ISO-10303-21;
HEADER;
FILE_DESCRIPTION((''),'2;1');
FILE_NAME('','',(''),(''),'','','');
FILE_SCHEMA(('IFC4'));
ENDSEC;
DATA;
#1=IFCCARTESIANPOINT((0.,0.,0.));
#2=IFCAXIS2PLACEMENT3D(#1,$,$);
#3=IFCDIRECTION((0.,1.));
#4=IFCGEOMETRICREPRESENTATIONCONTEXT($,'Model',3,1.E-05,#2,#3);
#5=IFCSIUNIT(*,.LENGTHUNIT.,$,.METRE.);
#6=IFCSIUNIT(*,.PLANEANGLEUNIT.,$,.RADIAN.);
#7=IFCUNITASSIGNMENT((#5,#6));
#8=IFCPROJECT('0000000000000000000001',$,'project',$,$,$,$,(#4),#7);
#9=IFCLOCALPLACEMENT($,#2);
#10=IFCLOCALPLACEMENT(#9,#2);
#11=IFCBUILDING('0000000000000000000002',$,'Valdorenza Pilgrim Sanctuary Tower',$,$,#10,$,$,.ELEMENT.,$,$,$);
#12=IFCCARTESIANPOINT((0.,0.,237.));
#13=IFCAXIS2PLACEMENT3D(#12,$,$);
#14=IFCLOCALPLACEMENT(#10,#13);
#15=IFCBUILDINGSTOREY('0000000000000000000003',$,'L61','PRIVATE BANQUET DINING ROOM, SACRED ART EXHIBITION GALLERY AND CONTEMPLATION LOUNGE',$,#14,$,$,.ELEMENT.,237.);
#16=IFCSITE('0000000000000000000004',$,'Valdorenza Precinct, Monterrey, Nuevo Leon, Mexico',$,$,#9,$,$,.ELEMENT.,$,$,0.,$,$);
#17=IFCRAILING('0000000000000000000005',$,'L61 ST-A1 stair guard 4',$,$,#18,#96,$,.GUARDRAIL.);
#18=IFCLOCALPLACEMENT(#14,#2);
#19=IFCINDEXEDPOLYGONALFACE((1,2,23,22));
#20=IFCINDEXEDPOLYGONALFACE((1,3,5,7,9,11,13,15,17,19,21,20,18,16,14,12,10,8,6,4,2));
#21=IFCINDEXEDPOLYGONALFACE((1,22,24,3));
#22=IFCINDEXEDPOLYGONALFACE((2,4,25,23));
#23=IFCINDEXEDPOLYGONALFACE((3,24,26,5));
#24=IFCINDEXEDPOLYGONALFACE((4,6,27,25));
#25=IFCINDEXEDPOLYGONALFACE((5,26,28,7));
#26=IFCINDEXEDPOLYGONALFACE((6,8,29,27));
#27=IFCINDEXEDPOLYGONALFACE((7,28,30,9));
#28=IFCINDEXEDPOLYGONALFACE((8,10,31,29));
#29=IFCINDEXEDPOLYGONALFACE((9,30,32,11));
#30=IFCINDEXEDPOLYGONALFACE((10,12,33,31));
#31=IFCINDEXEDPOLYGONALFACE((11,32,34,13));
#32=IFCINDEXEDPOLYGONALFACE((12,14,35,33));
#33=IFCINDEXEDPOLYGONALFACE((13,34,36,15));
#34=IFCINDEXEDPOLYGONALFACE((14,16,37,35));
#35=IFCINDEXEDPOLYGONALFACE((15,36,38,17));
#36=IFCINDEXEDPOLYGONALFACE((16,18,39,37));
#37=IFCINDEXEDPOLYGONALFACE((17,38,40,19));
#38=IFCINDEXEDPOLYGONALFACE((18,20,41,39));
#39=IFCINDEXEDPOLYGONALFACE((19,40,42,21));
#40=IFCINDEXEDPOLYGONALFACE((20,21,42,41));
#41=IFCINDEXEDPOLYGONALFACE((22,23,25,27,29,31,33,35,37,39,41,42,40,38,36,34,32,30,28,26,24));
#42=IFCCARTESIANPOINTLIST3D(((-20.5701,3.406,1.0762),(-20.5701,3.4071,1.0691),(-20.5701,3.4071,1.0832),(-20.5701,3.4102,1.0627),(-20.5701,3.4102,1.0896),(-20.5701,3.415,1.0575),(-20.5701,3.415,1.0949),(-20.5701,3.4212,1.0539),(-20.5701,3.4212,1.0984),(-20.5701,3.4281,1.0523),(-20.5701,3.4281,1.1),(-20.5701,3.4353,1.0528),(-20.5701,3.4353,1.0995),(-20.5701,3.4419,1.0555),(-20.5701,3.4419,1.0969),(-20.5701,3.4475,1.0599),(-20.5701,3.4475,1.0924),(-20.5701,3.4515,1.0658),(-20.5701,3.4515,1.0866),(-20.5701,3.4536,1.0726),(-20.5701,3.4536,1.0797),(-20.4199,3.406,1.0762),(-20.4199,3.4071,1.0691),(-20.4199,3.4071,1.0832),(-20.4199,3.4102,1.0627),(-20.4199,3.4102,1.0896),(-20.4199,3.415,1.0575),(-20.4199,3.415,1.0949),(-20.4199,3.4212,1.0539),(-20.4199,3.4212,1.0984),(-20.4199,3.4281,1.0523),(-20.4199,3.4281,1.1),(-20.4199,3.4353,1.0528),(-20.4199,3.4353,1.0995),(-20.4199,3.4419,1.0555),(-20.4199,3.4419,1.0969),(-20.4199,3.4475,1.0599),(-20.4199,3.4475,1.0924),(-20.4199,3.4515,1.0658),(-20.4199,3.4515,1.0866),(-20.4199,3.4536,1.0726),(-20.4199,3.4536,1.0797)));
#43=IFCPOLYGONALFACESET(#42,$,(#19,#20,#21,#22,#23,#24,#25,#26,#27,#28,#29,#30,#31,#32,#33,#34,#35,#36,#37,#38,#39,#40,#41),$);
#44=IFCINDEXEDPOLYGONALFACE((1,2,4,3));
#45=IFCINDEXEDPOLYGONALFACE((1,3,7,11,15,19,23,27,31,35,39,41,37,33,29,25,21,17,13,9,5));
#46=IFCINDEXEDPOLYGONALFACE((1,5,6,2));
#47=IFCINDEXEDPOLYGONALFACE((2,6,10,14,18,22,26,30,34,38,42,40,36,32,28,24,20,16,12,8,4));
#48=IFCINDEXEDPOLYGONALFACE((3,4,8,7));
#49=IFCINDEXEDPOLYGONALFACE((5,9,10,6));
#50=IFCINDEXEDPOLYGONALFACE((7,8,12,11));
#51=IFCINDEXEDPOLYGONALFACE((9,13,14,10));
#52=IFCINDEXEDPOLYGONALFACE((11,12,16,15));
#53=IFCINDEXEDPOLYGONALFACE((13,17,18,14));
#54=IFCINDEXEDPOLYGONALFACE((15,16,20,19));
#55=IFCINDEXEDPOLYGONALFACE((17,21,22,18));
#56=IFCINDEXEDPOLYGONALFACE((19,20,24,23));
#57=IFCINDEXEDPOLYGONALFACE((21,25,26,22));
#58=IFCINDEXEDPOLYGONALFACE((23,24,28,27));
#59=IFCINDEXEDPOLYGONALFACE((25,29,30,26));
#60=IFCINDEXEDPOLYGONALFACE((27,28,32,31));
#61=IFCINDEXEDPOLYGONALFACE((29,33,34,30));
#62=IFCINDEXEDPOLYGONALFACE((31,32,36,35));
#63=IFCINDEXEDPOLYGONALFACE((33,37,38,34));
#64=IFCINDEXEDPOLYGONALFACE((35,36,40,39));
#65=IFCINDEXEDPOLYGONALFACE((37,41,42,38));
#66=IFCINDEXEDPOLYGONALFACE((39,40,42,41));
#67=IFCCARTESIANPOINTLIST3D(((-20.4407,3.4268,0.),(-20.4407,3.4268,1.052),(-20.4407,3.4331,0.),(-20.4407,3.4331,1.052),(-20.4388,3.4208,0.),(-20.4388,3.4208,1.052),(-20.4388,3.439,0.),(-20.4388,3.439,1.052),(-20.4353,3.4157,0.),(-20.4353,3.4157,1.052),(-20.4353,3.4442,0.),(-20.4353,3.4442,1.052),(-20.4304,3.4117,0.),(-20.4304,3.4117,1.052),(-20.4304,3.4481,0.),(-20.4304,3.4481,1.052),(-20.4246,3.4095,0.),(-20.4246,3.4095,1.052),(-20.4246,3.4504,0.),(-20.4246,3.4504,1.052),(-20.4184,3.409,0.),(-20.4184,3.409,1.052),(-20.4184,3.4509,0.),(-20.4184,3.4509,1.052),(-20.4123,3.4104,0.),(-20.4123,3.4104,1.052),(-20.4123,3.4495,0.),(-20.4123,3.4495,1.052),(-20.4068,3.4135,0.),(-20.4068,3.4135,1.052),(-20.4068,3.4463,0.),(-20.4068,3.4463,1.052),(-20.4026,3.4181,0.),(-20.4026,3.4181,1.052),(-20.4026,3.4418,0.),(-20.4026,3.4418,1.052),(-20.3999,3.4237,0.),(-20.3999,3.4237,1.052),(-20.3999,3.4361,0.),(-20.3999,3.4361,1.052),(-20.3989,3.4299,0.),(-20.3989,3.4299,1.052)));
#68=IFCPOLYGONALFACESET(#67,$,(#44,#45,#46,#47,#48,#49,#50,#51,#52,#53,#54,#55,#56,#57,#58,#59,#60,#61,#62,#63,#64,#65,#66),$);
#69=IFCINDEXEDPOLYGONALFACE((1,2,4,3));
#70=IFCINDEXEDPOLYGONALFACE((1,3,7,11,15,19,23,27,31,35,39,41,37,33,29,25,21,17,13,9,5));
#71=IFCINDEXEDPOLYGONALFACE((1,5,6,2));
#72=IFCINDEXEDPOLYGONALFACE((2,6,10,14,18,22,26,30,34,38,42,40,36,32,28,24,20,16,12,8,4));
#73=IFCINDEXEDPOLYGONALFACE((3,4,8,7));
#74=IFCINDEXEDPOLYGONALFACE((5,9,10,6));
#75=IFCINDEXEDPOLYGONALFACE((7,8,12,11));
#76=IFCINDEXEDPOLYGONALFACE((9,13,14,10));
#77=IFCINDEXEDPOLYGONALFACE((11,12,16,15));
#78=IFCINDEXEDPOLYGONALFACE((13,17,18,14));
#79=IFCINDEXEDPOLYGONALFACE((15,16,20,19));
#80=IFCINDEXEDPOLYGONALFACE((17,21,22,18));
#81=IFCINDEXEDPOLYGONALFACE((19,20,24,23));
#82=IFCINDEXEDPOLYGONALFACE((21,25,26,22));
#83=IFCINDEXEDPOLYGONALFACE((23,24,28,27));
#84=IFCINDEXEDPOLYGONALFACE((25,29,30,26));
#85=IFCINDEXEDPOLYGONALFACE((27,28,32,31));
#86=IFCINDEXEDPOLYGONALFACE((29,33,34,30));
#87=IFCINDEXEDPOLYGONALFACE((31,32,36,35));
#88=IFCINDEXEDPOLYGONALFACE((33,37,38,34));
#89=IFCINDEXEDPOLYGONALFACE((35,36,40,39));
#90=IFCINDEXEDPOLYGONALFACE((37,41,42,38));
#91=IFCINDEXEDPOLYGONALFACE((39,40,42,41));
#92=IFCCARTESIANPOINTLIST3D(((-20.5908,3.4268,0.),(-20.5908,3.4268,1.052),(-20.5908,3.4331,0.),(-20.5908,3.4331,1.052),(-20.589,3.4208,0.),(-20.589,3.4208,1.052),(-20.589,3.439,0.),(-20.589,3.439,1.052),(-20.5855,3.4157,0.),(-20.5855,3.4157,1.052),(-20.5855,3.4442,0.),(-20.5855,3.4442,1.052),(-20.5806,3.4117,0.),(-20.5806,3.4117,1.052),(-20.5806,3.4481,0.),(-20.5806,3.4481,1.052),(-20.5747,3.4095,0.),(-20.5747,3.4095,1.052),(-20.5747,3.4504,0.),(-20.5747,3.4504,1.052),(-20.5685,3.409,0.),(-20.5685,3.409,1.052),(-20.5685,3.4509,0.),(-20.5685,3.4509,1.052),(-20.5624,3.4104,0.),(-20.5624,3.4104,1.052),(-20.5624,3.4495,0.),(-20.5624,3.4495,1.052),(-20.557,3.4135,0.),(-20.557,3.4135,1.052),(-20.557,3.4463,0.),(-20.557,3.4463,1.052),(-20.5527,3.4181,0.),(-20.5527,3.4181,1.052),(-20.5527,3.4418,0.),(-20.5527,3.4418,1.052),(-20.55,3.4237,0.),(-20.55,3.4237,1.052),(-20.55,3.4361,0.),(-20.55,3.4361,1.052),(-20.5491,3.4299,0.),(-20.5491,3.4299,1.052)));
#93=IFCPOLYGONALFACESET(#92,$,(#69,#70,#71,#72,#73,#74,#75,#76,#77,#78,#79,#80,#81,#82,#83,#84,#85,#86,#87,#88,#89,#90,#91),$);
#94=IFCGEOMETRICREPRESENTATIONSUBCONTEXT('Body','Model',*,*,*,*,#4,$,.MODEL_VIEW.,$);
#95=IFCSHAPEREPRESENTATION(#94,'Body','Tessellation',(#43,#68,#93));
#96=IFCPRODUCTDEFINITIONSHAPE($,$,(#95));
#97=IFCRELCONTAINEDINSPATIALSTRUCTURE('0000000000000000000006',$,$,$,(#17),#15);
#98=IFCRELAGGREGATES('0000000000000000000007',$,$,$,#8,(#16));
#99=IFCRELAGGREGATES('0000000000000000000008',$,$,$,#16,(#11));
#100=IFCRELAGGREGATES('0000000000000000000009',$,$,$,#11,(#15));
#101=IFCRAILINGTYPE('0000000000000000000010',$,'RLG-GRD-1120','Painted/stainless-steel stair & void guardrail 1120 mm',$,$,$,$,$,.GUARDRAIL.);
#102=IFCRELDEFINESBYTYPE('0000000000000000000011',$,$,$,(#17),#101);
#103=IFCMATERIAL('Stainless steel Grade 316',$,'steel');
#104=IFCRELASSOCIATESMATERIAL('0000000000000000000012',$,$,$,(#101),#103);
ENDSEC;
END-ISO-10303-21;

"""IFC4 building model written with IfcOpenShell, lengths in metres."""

from ifc_helpers import new_model, si_unit, direction, frame, origin, origin_2d, place, context, subcontext, project, spatial, circle, extrude, material, type_object, element, save


model = new_model("IFC4")

# Units and contexts
model_context = context("Model", 3, precision=1e-05, world=origin(), true_north=direction((0.0, 1.0)))
body_context = subcontext(model_context, "Body", "Model", "MODEL_VIEW")
ifc_project = project(units=[si_unit("LENGTHUNIT", "METRE"), si_unit("PLANEANGLEUNIT", "RADIAN")], contexts=[model_context])

# Site, building, storey
site_placement = place(None, origin())
site = spatial("IfcSite", under=ifc_project, at=site_placement, Name="Valdorenza Precinct, Monterrey, Nuevo Leon, Mexico", CompositionType="ELEMENT", RefElevation=0.0)
building_placement = place(site_placement, origin())
building = spatial("IfcBuilding", under=site, at=building_placement, Name="Valdorenza Pilgrim Sanctuary Tower", CompositionType="ELEMENT")
storey_placement = place(building_placement, frame((0.0, 0.0, 237.0)))
storey = spatial("IfcBuildingStorey", under=building, at=storey_placement, Name="L61", Description="PRIVATE BANQUET DINING ROOM, SACRED ART EXHIBITION GALLERY AND CONTEMPLATION LOUNGE", CompositionType="ELEMENT", Elevation=237.0)

# Railing
ifc_material_1 = material(Name="Stainless steel Grade 316", Category="steel")
railing_type_1 = type_object("IfcRailingType", Name="RLG-GRD-1120", Description="Painted/stainless-steel stair & void guardrail 1120 mm", PredefinedType="GUARDRAIL", material=ifc_material_1)
railing_1_placement = place(storey_placement, frame((-20.4199, 3.4299, 0.0)))
element("IfcRailing", 1, at=railing_1_placement, inside=storey, type_object=railing_type_1, Name="L61 ST-A1 stair guard 4", PredefinedType="GUARDRAIL", context=body_context, shape_type="SweptSolid", body=[
    extrude(circle(Radius=0.0239, at=origin_2d()), frame((0.0, 0.0, 1.0762), z_axis=(-1.0, 0.0, 0.0), x_axis=(0.0, -1.0, 0.0)), (0.0, 0.0, 1.0), 0.1501),
    extrude(circle(Radius=0.021, at=origin_2d()), origin(), (0.0, 0.0, 1.0), 1.052),
    extrude(circle(Radius=0.021, at=origin_2d()), frame((-0.1501, 0.0, 0.0)), (0.0, 0.0, 1.0), 1.052),
])

save(model, "model.ifc")
